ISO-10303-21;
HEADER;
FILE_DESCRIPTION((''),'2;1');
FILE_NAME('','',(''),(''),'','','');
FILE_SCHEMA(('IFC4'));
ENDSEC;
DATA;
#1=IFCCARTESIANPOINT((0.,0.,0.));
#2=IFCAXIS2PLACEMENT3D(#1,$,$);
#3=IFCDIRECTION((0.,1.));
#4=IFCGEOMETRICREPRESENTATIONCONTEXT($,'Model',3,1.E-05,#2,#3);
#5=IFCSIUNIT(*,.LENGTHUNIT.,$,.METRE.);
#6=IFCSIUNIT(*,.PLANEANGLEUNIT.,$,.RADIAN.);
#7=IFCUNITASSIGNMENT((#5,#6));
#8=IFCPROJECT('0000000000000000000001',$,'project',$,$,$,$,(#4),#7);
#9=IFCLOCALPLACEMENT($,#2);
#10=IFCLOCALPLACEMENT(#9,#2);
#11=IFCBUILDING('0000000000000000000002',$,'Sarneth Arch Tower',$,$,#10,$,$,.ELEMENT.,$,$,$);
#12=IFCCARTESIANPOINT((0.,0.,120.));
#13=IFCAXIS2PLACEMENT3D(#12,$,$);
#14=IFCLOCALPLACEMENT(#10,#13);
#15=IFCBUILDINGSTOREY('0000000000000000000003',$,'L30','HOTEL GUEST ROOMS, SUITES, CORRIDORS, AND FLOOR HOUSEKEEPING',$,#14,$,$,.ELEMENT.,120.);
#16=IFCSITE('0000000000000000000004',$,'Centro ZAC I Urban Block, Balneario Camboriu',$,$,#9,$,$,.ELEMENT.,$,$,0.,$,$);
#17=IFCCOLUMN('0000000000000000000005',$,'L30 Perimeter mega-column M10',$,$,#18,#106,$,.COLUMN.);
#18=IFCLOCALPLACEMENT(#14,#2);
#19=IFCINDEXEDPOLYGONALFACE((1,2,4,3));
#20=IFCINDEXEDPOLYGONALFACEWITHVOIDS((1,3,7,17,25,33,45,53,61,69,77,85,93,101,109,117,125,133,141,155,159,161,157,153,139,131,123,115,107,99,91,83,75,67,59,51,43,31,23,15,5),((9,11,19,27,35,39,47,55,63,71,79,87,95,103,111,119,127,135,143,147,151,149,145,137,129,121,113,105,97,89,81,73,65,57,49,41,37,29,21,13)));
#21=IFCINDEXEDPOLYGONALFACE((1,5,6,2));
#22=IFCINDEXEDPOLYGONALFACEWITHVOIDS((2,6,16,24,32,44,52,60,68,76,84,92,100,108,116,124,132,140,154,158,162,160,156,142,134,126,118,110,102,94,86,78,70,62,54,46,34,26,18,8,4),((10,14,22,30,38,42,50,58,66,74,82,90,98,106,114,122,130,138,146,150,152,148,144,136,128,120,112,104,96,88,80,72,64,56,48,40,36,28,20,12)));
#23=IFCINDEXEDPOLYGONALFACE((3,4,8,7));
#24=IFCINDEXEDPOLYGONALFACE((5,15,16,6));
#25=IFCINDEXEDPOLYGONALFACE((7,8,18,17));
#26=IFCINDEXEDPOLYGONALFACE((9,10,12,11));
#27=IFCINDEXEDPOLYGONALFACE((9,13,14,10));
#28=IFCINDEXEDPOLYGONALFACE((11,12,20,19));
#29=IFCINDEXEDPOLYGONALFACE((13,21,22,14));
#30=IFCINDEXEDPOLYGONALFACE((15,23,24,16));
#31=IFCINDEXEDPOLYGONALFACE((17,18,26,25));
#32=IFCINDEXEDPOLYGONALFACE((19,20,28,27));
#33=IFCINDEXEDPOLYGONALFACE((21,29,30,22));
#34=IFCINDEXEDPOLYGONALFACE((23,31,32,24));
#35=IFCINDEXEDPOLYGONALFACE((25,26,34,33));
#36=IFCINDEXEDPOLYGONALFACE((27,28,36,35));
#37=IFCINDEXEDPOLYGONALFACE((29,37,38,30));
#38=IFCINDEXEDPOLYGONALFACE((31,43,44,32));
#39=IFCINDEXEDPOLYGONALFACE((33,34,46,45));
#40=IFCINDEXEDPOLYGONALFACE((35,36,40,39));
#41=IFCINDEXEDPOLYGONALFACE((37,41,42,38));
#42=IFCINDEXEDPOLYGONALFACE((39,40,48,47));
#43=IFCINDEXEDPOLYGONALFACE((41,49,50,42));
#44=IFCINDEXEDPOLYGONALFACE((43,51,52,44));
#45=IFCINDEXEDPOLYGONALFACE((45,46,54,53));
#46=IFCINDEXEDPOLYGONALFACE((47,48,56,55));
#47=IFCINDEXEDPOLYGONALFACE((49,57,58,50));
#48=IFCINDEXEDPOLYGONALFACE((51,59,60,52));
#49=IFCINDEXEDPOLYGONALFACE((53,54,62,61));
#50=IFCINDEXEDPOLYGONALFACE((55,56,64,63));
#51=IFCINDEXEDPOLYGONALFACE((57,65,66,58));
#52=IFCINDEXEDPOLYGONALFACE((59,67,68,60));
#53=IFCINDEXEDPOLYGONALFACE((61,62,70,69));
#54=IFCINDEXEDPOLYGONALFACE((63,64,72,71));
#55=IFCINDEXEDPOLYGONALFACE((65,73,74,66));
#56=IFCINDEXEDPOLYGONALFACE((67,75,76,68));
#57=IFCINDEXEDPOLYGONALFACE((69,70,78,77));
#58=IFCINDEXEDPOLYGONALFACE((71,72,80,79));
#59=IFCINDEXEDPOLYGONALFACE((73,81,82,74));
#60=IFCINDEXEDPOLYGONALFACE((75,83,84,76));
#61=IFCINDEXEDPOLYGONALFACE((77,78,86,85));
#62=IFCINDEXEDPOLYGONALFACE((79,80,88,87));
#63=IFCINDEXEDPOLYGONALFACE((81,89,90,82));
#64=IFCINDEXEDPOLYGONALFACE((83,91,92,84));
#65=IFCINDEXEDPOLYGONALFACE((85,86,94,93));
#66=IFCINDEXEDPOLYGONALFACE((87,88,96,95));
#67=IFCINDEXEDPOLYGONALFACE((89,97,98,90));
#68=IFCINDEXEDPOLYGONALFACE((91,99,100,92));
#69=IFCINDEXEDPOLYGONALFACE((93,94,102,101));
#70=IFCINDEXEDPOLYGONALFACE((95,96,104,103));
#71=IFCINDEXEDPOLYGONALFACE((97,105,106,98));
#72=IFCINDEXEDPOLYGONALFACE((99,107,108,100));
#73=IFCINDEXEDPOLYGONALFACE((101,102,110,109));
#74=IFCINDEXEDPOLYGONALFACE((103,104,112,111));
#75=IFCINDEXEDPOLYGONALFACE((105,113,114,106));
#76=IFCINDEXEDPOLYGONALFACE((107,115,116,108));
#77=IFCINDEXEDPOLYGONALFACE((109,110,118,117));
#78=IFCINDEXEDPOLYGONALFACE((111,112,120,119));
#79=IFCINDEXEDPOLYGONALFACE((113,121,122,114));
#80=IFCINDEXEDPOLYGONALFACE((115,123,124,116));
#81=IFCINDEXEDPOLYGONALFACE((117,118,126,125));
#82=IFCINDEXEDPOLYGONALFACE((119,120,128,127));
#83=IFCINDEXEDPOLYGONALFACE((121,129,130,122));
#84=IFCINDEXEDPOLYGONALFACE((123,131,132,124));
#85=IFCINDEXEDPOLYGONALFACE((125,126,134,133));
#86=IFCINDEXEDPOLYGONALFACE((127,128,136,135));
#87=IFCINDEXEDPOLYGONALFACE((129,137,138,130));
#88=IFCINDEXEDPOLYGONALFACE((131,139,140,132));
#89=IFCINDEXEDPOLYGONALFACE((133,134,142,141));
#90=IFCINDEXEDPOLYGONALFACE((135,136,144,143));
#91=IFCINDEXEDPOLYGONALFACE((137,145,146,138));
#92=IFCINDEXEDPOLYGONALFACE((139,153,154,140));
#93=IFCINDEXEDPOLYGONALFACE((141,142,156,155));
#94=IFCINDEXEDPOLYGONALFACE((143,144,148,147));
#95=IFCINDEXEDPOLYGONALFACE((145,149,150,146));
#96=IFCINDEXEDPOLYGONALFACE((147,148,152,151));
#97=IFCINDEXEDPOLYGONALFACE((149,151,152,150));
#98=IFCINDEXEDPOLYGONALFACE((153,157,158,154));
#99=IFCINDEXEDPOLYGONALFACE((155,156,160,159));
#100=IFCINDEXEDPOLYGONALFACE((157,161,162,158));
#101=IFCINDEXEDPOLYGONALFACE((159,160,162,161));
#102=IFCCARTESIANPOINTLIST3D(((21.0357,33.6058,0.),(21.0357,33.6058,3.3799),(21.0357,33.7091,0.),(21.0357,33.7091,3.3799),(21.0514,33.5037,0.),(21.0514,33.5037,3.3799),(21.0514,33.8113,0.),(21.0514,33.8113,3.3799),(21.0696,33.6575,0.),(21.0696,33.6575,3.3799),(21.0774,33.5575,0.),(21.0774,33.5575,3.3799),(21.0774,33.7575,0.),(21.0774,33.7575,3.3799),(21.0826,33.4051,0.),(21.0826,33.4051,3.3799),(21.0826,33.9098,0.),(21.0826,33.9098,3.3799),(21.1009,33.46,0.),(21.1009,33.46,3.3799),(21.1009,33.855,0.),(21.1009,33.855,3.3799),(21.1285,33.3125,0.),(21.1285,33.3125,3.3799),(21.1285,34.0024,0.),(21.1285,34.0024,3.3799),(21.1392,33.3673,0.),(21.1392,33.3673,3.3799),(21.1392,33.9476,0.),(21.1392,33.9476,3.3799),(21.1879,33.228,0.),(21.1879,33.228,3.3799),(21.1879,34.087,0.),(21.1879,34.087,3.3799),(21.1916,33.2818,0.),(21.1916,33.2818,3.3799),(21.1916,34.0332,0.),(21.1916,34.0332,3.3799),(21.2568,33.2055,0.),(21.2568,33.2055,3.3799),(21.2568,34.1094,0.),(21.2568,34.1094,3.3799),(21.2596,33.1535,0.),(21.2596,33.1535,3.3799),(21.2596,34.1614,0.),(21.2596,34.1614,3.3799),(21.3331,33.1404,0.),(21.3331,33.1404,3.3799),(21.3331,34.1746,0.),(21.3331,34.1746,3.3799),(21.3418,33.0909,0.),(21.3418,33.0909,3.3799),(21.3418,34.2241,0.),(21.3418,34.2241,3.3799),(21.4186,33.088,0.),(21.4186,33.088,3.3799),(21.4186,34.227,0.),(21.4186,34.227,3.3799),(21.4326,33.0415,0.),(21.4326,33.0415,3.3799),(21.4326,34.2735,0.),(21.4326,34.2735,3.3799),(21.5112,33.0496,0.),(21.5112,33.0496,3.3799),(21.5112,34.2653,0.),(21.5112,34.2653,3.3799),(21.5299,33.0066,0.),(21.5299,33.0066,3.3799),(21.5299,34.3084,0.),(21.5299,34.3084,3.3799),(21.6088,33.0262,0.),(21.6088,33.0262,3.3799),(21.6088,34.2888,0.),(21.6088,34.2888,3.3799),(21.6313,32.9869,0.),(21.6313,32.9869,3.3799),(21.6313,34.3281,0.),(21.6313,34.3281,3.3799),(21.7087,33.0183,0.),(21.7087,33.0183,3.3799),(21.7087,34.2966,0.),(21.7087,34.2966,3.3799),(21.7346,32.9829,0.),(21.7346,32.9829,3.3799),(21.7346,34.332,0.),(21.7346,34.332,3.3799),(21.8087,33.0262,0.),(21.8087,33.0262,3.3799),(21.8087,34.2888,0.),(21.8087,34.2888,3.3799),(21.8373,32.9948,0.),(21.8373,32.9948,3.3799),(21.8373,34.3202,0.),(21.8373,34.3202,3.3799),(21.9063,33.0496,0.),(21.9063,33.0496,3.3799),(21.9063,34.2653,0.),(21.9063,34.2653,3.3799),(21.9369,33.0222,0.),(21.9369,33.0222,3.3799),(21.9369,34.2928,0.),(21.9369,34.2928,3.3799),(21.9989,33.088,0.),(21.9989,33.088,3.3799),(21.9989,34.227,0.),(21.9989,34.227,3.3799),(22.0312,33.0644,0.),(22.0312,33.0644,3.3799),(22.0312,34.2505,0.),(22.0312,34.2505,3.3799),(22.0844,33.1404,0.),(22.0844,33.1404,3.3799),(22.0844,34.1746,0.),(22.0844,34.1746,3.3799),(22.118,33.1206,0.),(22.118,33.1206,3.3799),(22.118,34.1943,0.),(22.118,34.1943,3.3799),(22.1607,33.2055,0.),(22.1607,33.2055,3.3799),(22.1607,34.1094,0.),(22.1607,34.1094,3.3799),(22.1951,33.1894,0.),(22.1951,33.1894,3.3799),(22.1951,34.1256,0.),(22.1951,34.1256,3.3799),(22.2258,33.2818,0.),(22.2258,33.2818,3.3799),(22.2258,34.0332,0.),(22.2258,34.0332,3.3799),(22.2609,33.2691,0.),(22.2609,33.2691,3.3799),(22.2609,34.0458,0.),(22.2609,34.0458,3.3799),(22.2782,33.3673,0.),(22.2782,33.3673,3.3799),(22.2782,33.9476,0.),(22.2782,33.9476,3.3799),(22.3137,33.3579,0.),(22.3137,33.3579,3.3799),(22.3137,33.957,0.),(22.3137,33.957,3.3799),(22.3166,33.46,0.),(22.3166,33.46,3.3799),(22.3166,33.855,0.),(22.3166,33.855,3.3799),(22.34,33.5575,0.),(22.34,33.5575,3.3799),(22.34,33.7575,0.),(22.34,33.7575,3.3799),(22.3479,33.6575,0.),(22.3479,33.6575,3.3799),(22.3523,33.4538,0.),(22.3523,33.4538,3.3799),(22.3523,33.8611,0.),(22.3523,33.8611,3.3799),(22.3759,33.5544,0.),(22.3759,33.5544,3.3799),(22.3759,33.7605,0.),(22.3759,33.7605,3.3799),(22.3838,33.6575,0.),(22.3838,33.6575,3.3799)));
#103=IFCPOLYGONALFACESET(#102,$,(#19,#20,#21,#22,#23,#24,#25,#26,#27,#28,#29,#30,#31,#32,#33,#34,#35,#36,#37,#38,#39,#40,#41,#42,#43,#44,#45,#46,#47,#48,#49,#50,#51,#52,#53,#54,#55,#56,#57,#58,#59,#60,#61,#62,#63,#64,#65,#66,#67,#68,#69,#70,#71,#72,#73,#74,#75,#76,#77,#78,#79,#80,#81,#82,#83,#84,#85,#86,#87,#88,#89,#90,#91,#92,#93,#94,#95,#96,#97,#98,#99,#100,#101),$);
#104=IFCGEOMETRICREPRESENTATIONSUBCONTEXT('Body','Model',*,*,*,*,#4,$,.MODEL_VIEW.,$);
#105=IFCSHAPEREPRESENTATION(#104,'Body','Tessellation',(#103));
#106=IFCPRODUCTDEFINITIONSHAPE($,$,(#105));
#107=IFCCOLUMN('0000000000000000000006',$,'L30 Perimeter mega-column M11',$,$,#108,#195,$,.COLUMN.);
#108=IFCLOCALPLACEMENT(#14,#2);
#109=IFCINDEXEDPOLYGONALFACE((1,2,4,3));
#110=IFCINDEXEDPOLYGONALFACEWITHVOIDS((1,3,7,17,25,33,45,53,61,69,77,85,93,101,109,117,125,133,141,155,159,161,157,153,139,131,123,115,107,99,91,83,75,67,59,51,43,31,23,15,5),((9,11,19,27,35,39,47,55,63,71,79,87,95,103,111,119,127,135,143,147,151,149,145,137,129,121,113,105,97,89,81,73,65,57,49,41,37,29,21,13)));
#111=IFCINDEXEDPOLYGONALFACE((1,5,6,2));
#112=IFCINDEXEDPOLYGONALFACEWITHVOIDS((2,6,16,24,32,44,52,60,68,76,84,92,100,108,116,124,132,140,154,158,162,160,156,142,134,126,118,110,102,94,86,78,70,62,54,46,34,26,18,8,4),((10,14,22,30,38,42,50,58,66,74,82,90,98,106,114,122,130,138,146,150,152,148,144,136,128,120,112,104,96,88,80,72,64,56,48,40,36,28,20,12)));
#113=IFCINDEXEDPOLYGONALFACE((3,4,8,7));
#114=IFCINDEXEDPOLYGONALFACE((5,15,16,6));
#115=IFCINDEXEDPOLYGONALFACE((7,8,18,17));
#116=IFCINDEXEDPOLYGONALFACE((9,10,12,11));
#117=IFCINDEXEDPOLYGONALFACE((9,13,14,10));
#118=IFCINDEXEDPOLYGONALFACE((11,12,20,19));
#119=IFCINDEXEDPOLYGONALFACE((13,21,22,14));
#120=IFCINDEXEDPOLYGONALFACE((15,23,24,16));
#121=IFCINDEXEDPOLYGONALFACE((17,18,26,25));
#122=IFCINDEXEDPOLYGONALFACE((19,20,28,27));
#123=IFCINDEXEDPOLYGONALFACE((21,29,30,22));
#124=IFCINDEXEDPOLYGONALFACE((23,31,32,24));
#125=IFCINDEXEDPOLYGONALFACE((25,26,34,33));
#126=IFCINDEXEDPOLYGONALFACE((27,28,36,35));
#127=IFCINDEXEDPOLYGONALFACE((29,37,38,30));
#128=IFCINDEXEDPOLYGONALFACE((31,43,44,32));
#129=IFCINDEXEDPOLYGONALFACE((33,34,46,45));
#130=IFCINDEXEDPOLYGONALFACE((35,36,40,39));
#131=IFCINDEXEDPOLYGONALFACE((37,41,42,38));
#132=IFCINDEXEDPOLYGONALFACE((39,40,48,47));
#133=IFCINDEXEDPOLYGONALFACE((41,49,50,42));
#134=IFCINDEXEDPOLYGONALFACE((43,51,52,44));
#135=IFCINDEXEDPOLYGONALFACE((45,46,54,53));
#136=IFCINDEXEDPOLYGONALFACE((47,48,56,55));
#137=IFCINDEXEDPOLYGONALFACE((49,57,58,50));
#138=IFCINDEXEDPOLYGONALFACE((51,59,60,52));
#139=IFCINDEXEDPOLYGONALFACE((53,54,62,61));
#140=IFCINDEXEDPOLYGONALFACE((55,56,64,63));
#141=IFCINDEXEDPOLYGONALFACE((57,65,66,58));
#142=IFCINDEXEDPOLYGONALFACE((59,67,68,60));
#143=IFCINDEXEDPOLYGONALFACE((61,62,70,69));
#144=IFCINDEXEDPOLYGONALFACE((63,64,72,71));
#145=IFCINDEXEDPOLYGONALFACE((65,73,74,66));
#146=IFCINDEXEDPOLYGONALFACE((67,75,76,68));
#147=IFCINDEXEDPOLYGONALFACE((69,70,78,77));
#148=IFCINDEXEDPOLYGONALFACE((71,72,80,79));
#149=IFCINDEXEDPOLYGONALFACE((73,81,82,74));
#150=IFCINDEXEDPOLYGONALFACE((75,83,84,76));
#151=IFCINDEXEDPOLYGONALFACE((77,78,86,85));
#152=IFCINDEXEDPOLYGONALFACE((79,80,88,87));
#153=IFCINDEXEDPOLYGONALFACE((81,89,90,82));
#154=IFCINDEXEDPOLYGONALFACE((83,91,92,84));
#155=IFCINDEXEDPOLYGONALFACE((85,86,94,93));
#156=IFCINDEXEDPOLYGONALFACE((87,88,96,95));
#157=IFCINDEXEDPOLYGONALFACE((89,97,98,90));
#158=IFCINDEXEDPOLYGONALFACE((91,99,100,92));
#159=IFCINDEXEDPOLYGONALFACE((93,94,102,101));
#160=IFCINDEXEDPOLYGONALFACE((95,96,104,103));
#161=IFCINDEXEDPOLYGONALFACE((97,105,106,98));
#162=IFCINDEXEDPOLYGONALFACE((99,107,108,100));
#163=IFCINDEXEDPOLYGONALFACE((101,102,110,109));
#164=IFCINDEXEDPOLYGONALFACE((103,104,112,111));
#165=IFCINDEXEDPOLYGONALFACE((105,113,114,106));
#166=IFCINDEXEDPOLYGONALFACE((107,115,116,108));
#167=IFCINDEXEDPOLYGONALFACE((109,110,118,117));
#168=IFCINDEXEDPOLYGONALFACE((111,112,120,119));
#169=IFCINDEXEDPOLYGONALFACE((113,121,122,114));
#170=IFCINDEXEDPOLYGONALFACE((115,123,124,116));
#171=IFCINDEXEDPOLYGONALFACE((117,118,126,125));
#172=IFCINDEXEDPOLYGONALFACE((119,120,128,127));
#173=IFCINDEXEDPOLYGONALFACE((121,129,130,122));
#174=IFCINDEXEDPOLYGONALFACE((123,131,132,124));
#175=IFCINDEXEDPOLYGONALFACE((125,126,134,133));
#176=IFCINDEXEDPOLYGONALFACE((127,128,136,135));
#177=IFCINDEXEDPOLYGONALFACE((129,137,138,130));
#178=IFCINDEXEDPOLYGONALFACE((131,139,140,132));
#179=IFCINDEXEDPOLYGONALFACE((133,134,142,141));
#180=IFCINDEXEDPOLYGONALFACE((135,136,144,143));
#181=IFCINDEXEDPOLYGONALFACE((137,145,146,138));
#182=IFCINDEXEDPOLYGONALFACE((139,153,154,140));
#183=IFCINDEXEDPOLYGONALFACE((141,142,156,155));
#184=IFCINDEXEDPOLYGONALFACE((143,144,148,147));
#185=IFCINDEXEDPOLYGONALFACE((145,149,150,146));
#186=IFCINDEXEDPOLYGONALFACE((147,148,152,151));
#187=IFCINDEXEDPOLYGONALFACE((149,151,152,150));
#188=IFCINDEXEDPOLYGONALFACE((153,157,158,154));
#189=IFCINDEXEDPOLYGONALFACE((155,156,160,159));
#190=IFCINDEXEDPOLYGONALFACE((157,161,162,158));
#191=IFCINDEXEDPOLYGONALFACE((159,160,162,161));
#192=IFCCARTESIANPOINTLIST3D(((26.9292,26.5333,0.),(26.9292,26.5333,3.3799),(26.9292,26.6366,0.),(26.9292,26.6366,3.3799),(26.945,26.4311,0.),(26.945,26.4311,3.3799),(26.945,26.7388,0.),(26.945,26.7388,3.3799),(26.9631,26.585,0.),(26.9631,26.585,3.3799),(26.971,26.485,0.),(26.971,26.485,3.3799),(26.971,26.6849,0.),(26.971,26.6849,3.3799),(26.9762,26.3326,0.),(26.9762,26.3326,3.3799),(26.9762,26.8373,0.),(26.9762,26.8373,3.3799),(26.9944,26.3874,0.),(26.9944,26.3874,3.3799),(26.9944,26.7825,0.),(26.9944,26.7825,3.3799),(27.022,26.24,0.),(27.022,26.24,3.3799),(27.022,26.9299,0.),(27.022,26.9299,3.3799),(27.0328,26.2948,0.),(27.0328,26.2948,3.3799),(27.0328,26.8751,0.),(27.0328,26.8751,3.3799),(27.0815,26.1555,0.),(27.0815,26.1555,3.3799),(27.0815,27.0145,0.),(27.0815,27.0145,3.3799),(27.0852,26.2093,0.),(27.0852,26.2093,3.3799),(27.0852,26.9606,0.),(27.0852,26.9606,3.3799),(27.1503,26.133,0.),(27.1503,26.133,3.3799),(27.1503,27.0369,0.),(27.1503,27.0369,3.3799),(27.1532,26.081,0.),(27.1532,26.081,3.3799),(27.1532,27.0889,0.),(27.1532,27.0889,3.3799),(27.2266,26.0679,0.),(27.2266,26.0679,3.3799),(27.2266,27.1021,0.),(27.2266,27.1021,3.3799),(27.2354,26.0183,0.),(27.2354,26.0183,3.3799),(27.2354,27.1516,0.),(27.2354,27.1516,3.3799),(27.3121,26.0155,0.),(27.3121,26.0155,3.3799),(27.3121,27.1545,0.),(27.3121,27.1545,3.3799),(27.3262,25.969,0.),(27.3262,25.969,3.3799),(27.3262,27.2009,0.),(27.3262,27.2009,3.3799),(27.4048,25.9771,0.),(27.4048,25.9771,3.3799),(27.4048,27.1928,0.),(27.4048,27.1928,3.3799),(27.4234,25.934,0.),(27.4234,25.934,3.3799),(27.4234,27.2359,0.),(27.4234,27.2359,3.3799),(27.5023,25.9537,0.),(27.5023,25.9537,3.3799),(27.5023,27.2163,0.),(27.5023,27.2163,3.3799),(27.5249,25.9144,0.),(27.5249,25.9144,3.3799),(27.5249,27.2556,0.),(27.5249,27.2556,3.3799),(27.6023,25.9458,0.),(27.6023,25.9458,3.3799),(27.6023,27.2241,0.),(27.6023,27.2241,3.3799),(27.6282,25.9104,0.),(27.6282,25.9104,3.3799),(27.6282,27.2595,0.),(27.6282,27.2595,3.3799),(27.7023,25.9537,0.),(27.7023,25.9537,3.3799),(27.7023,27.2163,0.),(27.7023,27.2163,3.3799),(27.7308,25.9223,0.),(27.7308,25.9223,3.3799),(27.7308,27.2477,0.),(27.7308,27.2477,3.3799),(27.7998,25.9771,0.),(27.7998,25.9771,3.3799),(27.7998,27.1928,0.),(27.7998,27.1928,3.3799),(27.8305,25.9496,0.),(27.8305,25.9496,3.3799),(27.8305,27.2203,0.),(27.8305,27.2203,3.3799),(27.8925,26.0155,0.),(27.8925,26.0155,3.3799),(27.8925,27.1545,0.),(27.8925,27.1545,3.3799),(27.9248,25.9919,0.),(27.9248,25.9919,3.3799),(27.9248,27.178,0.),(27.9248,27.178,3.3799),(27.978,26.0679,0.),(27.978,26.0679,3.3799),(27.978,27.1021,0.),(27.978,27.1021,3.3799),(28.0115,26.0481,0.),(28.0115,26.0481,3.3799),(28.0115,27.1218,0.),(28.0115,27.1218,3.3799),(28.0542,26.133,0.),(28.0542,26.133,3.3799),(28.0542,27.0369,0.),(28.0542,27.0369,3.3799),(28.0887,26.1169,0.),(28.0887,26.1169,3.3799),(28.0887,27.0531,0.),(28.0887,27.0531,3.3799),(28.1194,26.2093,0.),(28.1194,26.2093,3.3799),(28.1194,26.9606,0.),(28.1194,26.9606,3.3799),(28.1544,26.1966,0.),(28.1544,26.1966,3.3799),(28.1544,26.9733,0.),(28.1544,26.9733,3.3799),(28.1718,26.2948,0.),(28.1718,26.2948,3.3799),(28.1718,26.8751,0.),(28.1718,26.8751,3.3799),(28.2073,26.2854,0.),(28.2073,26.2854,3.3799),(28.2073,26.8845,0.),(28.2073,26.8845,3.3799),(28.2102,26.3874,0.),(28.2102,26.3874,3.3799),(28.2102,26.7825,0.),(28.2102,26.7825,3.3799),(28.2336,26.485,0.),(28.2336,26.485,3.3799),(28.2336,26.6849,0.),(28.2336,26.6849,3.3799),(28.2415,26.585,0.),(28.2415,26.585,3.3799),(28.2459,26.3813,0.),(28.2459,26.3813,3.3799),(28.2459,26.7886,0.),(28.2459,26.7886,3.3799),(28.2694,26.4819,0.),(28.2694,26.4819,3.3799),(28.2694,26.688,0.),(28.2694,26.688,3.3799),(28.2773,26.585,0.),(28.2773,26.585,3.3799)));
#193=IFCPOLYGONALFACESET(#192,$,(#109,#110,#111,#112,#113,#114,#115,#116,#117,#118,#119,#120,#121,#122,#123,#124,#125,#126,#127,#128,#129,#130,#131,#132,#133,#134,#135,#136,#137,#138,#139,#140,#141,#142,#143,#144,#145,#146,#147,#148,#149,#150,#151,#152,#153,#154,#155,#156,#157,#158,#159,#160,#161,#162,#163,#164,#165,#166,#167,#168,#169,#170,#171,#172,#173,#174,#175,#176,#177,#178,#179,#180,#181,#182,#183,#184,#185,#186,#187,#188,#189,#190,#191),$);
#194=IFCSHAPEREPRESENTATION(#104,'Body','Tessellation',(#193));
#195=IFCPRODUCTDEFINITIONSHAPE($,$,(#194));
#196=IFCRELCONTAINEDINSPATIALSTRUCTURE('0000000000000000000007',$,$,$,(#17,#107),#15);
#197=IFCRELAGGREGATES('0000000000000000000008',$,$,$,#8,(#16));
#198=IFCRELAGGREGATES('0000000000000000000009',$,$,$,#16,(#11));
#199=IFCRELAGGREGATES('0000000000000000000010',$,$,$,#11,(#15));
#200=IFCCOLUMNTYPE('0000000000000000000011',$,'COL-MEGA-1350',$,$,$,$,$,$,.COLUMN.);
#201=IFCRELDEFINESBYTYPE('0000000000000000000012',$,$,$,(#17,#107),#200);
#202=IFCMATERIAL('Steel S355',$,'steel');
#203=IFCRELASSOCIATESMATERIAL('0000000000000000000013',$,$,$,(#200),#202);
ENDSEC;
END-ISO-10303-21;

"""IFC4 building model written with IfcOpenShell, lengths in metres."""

from ifc_helpers import new_model, si_unit, direction, frame, origin, origin_2d, place, context, subcontext, project, spatial, hollow_circle, extrude, material, material_profile, profile_set, type_object, element, save


model = new_model("IFC4")

# Units and contexts
model_context = context("Model", 3, precision=1e-05, world=origin(), true_north=direction((0.0, 1.0)))
body_context = subcontext(model_context, "Body", "Model", "MODEL_VIEW")
ifc_project = project(units=[si_unit("LENGTHUNIT", "METRE"), si_unit("PLANEANGLEUNIT", "RADIAN")], contexts=[model_context])

# Site, building, storey
site_placement = place(None, origin())
site = spatial("IfcSite", under=ifc_project, at=site_placement, Name="Centro ZAC I Urban Block, Balneario Camboriu", CompositionType="ELEMENT", RefElevation=0.0)
building_placement = place(site_placement, origin())
building = spatial("IfcBuilding", under=site, at=building_placement, Name="Sarneth Arch Tower", CompositionType="ELEMENT")
storey_placement = place(building_placement, frame((0.0, 0.0, 120.0)))
storey = spatial("IfcBuildingStorey", under=building, at=storey_placement, Name="L30", Description="HOTEL GUEST ROOMS, SUITES, CORRIDORS, AND FLOOR HOUSEKEEPING", CompositionType="ELEMENT", Elevation=120.0)

# Columns
ifc_material_1 = material(Name="Steel S355", Category="steel")
ifc_material_profile_1 = material_profile(ifc_material_1, hollow_circle(Radius=0.675, WallThickness=0.0359, at=origin_2d()), Name="CHS1350x36")
ifc_profile_set_1 = profile_set([ifc_material_profile_1], Name="Steel S355")
column_type = type_object("IfcColumnType", Name="COL-MEGA-1350", PredefinedType="COLUMN", material=ifc_profile_set_1)
for number, where, z_axis, x_axis, name in (
    (1, (21.7087, 33.6575, 0.0), (0.0, 0.0, 1.0), (1.0, 0.0, 0.0), "L30 Perimeter mega-column M10"),
    (2, (27.6023, 26.585, 0.0), (0.0, 0.0, 1.0), (1.0, 0.0, 0.0), "L30 Perimeter mega-column M11"),
):
    element("IfcColumn", number, at=place(storey_placement, frame(where, z_axis=z_axis, x_axis=x_axis)), inside=storey, type_object=column_type, Name=name, PredefinedType="COLUMN", context=body_context, shape_type="SweptSolid", body=[
        extrude(hollow_circle(Radius=0.675, WallThickness=0.0359, at=origin_2d()), origin(), (0.0, 0.0, 1.0), 3.3799),
    ])

save(model, "model.ifc")
